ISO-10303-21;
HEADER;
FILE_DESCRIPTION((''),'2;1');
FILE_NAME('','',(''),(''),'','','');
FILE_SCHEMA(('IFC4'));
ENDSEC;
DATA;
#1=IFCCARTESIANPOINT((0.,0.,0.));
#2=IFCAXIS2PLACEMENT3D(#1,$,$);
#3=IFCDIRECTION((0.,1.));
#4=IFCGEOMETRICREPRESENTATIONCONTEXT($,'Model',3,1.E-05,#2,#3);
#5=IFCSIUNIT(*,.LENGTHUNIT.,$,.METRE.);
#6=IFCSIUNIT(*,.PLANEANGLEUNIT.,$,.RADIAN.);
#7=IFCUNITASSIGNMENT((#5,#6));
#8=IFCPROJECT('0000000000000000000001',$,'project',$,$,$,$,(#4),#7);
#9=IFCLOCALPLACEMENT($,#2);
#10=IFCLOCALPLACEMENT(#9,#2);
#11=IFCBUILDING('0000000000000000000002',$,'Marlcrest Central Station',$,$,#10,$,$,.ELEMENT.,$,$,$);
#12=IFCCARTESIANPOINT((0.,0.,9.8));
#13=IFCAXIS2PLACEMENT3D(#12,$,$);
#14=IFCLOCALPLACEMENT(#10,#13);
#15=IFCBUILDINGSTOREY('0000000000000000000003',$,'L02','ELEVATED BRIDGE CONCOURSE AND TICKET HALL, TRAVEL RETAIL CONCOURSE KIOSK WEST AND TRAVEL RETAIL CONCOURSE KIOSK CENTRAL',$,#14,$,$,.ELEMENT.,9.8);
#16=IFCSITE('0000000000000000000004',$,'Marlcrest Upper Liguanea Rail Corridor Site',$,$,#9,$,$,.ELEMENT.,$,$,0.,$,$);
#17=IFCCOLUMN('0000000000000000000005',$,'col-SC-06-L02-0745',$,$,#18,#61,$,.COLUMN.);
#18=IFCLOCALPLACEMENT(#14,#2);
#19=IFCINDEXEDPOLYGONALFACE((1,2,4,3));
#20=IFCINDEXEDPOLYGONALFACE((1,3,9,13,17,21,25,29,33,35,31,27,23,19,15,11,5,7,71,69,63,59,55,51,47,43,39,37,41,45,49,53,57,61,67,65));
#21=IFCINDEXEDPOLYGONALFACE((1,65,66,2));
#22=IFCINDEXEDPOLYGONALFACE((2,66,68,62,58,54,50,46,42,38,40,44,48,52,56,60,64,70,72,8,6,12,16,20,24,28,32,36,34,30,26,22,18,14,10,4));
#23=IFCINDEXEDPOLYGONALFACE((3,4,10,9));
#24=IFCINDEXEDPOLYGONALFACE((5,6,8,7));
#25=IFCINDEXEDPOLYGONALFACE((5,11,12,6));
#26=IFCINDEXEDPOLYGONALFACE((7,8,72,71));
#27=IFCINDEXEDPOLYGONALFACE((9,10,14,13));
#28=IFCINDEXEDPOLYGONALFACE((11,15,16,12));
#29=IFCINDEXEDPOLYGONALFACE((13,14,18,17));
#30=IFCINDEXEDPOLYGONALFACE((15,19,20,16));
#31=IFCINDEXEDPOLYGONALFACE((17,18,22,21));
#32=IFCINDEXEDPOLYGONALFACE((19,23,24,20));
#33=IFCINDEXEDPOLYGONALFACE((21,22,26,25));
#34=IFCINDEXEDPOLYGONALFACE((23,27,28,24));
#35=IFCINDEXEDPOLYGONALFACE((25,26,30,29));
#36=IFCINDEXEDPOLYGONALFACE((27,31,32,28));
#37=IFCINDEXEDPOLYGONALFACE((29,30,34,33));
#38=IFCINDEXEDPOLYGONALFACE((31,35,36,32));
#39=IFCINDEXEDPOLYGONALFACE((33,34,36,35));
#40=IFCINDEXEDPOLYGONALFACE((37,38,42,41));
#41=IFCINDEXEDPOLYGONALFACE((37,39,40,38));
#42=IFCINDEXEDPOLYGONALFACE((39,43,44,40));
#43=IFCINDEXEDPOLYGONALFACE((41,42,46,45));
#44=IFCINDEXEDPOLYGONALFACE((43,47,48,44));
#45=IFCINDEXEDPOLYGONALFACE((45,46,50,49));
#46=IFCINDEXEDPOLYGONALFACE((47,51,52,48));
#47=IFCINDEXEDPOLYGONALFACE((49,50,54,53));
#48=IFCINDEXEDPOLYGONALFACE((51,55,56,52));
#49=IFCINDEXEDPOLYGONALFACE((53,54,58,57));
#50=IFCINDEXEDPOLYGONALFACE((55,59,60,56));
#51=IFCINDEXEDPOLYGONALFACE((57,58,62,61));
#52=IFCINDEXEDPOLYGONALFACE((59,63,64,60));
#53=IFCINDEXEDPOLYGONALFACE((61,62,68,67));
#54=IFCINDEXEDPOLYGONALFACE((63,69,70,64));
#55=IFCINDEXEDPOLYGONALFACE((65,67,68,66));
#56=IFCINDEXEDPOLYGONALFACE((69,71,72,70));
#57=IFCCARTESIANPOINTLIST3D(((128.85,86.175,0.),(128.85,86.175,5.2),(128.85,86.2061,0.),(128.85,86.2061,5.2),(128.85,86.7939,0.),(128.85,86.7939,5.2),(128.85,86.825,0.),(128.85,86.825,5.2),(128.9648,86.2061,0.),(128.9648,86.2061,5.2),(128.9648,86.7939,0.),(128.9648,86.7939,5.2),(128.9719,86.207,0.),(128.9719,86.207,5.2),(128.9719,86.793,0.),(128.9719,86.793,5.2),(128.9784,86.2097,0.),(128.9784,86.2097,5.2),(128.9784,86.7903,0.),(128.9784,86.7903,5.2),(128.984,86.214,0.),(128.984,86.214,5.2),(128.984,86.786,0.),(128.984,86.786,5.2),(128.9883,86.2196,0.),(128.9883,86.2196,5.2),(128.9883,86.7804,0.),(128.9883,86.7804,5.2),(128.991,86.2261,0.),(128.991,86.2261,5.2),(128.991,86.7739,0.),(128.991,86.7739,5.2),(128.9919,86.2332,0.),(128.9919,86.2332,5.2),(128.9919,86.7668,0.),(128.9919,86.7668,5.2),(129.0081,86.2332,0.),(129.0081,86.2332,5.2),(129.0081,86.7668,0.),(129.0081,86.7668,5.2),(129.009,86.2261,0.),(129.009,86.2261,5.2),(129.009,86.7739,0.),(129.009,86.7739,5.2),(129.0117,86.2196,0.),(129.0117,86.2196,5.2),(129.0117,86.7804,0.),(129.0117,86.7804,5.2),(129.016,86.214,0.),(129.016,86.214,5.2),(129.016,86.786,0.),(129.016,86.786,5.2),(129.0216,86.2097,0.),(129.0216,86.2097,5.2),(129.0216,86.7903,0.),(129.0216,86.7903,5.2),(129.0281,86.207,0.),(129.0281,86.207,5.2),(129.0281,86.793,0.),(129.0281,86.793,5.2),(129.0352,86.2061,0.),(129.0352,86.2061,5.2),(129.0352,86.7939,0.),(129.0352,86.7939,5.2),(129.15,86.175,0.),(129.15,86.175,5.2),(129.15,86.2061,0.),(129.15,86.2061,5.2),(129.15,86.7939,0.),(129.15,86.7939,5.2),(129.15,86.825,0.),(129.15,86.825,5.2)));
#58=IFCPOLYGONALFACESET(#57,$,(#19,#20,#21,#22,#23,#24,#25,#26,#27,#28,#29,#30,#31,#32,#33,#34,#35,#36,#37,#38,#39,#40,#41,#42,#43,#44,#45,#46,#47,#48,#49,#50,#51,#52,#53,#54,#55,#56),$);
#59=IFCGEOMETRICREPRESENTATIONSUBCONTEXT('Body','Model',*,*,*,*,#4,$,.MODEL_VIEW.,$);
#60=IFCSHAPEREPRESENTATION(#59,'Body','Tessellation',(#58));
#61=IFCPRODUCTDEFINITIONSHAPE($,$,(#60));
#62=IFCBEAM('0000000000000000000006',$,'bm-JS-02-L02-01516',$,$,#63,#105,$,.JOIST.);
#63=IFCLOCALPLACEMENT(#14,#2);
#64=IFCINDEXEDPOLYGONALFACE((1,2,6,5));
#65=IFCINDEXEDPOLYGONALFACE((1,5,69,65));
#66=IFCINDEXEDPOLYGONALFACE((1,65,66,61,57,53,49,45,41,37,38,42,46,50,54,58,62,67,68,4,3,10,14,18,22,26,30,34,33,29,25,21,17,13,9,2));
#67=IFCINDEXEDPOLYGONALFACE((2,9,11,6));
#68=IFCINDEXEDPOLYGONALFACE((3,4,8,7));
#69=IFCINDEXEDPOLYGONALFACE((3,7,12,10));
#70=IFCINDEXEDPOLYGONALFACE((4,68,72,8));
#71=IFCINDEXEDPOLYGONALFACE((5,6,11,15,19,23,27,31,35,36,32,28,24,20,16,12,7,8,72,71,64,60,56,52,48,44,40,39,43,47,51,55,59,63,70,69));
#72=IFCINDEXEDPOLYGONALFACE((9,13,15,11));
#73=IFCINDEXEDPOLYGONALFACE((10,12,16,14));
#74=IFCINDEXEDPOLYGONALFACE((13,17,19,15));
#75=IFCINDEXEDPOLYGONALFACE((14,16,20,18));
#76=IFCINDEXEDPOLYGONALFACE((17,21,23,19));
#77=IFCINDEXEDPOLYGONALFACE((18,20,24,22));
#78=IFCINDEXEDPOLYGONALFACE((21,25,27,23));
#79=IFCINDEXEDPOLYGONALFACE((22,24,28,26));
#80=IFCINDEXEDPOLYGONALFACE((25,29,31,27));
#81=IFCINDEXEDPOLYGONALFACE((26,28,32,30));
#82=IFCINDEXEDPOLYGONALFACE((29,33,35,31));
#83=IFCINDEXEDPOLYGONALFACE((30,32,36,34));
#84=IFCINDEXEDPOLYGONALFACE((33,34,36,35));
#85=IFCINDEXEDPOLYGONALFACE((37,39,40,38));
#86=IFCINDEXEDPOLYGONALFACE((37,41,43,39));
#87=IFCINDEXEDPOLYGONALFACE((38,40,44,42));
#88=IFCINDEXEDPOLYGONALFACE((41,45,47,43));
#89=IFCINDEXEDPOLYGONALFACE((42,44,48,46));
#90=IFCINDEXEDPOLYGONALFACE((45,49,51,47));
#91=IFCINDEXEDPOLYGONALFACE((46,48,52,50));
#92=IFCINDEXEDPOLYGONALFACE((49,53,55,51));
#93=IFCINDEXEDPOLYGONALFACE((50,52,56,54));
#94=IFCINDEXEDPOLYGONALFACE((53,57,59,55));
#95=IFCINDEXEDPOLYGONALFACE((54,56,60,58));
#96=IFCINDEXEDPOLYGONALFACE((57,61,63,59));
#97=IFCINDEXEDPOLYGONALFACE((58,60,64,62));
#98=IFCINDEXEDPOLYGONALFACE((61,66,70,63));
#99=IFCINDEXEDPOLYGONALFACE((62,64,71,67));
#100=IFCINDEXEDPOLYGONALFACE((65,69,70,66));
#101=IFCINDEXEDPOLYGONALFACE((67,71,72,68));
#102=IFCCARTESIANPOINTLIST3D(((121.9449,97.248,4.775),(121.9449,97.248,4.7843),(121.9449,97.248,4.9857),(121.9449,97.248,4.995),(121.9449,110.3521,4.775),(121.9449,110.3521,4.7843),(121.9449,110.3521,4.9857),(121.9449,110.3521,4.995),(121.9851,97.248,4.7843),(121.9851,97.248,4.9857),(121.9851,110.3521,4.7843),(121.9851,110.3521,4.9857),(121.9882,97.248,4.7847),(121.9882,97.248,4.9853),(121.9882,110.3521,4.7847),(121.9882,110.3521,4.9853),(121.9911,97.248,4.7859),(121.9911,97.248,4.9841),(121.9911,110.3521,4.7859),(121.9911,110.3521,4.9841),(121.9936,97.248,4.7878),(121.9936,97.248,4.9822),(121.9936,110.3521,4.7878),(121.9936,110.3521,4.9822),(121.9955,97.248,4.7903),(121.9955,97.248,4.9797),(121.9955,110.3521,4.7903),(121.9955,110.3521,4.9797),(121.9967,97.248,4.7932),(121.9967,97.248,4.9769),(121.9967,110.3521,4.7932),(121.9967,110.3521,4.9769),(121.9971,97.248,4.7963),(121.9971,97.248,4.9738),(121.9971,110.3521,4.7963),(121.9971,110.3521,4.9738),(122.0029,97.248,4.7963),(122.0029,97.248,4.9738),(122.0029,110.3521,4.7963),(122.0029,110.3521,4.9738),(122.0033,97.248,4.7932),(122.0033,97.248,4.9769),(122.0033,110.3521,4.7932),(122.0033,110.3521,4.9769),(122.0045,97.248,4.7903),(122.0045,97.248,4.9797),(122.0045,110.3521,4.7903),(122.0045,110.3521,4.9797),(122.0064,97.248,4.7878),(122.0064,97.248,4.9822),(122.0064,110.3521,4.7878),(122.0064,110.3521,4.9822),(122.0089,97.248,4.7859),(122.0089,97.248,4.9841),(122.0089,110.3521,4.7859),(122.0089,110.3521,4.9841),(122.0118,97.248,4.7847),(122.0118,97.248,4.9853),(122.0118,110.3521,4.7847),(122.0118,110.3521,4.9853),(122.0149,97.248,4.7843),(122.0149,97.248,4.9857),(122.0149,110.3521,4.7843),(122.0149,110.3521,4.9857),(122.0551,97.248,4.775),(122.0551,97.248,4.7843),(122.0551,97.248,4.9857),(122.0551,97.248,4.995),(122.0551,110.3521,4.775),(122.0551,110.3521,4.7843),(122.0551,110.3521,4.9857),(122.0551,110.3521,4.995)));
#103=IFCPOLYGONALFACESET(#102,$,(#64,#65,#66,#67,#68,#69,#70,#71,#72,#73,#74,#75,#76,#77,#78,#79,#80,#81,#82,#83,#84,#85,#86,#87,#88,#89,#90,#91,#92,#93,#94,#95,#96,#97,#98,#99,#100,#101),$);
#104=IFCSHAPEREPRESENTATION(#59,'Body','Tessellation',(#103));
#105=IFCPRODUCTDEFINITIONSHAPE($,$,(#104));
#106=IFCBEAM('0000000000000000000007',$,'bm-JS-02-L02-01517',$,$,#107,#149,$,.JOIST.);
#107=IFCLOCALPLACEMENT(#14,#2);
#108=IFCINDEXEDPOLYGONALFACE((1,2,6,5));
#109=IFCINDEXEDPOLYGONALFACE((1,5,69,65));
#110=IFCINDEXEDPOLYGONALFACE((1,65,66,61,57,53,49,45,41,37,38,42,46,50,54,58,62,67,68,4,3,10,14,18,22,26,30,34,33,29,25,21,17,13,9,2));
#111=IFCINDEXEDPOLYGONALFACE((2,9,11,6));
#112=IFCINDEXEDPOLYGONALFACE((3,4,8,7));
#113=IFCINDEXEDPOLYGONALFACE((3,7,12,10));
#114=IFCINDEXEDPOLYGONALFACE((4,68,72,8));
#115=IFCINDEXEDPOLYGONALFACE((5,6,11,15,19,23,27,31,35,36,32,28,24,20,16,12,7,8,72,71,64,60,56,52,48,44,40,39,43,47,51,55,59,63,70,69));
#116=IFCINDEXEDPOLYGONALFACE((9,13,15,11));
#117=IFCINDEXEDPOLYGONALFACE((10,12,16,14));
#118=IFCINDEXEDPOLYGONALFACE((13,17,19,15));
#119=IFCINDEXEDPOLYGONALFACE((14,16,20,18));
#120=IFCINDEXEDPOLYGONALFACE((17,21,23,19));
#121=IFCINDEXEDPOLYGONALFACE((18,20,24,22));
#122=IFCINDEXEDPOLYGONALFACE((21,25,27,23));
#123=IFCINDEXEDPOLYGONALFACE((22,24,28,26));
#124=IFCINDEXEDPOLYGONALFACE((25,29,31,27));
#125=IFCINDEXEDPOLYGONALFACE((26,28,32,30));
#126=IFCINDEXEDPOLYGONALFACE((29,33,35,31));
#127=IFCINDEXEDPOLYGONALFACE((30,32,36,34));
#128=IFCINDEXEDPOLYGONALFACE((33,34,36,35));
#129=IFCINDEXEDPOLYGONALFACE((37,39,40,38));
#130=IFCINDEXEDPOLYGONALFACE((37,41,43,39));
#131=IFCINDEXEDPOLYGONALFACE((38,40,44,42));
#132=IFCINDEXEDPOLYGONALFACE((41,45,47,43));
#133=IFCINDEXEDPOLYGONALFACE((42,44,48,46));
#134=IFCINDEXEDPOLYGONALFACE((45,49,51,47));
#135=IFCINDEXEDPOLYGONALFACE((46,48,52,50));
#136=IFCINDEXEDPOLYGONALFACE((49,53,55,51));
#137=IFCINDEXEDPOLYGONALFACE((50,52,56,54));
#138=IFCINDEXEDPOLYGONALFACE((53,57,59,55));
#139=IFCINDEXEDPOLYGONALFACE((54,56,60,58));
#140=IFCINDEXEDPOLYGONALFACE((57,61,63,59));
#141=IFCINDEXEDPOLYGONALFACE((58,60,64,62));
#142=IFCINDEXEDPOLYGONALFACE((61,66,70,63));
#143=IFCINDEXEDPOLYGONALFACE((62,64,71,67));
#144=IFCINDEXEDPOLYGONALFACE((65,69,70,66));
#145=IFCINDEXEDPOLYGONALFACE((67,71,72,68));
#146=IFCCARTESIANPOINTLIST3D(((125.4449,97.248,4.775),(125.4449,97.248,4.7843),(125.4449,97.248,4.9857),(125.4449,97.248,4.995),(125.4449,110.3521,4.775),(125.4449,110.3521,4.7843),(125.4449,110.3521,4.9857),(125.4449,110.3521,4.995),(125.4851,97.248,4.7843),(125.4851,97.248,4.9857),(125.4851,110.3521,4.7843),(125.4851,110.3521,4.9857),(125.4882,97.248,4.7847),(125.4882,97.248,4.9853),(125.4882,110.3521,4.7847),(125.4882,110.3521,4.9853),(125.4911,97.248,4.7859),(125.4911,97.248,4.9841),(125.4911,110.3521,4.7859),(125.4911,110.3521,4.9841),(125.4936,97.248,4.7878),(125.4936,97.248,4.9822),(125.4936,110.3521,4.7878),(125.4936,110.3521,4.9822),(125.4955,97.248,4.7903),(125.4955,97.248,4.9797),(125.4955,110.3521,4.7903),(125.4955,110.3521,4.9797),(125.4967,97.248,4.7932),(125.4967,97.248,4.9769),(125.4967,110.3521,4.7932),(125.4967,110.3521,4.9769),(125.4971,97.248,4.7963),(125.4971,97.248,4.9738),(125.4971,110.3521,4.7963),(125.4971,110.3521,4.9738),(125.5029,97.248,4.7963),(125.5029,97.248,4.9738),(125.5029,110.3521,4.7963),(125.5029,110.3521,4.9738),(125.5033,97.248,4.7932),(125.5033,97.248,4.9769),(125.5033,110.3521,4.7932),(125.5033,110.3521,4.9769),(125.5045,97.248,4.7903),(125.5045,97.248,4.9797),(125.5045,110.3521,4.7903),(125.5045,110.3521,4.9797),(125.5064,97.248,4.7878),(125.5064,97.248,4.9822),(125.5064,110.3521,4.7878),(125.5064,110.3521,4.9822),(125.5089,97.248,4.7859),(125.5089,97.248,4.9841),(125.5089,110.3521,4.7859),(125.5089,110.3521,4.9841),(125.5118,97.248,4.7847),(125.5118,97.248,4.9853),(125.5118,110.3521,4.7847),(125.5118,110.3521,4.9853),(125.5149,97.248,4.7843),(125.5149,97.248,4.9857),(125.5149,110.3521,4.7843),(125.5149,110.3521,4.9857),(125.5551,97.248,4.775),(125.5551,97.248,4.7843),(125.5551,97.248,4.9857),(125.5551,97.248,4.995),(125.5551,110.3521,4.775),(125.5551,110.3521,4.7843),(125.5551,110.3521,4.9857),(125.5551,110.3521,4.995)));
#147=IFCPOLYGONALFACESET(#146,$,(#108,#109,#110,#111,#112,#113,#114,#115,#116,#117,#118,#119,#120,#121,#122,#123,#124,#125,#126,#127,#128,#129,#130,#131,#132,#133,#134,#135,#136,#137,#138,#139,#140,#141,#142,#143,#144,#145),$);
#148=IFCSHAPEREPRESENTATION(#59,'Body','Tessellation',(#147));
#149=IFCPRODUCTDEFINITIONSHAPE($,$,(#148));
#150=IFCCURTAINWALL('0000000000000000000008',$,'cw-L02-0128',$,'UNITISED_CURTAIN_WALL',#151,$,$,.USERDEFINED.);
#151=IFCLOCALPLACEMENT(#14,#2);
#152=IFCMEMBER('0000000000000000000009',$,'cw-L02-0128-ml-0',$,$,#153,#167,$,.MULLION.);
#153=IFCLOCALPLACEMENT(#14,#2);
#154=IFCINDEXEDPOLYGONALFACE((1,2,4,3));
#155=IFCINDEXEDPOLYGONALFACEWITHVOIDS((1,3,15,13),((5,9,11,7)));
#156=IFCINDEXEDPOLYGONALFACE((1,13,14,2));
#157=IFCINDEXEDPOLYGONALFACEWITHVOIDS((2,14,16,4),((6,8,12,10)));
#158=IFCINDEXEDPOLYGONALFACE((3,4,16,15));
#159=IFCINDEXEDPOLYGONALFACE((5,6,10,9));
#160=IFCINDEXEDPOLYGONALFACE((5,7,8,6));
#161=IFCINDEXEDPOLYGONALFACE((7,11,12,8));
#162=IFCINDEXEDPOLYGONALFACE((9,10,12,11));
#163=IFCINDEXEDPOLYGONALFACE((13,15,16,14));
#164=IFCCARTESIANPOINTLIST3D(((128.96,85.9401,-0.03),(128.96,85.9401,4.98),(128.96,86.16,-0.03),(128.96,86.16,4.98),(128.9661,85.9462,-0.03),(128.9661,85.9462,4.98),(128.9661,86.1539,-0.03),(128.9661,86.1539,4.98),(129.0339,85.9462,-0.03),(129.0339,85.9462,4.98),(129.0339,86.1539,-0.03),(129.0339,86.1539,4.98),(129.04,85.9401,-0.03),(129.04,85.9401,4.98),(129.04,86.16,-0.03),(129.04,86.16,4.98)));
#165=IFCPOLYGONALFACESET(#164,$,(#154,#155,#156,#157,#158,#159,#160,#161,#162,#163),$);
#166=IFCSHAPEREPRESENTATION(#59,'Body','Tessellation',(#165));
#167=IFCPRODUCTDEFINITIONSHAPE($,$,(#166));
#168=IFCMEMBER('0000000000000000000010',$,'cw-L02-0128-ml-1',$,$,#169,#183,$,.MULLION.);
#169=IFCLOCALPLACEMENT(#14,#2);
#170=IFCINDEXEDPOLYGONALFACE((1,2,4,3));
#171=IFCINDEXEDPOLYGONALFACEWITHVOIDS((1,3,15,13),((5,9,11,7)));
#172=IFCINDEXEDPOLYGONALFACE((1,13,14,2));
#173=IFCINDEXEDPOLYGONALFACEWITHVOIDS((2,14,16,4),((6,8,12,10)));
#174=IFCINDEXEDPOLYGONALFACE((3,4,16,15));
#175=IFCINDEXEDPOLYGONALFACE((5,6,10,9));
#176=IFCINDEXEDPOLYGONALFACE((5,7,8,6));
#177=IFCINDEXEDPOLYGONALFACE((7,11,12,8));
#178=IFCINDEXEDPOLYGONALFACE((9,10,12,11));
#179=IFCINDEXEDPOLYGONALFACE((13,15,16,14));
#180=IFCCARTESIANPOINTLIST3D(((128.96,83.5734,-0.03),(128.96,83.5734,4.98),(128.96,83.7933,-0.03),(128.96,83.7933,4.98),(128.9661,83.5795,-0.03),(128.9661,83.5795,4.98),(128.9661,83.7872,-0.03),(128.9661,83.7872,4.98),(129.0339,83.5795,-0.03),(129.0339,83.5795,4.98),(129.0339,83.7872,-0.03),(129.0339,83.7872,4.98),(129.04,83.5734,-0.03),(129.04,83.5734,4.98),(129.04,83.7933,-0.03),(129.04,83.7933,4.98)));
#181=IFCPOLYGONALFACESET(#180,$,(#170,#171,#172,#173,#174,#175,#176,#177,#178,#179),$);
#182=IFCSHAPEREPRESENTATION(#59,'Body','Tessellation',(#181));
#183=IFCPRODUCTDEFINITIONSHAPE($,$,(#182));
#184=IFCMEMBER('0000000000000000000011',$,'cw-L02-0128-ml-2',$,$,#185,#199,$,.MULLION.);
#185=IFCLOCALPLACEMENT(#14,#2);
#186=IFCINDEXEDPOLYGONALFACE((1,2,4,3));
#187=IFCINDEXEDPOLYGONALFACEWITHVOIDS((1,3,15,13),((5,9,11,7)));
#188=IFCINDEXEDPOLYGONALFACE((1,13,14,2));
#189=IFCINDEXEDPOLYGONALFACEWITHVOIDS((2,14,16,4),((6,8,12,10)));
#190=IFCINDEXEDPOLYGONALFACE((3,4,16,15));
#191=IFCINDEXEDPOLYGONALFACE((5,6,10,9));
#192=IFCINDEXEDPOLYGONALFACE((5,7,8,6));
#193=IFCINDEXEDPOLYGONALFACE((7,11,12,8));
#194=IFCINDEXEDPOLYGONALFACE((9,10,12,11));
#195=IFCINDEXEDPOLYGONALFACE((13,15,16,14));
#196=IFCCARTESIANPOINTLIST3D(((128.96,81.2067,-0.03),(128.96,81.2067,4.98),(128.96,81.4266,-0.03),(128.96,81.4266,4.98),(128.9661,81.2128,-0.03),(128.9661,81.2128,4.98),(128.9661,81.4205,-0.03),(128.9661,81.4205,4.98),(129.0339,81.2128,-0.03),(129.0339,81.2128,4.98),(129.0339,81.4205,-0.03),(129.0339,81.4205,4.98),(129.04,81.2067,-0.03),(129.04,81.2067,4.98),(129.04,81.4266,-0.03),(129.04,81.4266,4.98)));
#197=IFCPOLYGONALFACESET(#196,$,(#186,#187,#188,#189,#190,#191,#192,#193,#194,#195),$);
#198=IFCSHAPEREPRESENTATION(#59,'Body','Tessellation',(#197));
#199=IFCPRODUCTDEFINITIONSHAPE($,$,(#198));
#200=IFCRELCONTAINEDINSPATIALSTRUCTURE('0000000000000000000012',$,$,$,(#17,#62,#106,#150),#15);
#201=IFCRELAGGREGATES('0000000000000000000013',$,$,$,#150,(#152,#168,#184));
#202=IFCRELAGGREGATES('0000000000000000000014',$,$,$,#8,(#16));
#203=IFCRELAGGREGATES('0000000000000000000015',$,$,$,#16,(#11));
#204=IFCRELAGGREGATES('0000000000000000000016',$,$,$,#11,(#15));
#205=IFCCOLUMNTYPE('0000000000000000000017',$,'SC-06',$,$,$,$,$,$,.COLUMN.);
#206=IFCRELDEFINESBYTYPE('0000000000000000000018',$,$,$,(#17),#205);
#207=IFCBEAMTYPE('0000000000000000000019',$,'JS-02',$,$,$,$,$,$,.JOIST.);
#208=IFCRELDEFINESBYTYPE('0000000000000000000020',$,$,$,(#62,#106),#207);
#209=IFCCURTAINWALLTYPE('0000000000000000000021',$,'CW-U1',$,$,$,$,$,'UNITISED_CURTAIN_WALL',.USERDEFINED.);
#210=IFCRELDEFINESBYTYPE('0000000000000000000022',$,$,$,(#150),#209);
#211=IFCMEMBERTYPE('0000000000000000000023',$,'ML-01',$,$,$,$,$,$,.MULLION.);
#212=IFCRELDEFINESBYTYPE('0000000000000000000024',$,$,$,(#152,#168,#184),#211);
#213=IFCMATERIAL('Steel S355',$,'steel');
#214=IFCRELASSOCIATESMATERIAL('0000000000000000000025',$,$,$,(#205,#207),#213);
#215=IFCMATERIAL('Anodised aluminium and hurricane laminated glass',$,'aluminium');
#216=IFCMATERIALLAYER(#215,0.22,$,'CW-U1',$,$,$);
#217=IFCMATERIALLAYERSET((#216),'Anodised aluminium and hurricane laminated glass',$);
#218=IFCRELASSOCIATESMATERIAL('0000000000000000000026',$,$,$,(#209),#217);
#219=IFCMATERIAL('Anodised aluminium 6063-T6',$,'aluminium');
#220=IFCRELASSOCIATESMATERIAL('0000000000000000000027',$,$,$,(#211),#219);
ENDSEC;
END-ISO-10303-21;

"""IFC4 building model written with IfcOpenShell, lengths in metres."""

from ifc_helpers import new_model, si_unit, direction, frame, origin, origin_2d, place, context, subcontext, project, spatial, hollow_rectangle, i_section, extrude, material, layer, layer_set, material_profile, profile_set, type_object, element, aggregate, save


model = new_model("IFC4")

# Units and contexts
model_context = context("Model", 3, precision=1e-05, world=origin(), true_north=direction((0.0, 1.0)))
body_context = subcontext(model_context, "Body", "Model", "MODEL_VIEW")
ifc_project = project(units=[si_unit("LENGTHUNIT", "METRE"), si_unit("PLANEANGLEUNIT", "RADIAN")], contexts=[model_context])

# Site, building, storey
site_placement = place(None, origin())
site = spatial("IfcSite", under=ifc_project, at=site_placement, Name="Marlcrest Upper Liguanea Rail Corridor Site", CompositionType="ELEMENT", RefElevation=0.0)
building_placement = place(site_placement, origin())
building = spatial("IfcBuilding", under=site, at=building_placement, Name="Marlcrest Central Station", CompositionType="ELEMENT")
storey_placement = place(building_placement, frame((0.0, 0.0, 9.8)))
storey = spatial("IfcBuildingStorey", under=building, at=storey_placement, Name="L02", Description="ELEVATED BRIDGE CONCOURSE AND TICKET HALL, TRAVEL RETAIL CONCOURSE KIOSK WEST AND TRAVEL RETAIL CONCOURSE KIOSK CENTRAL", CompositionType="ELEMENT", Elevation=9.8)

# Column
ifc_material_1 = material(Name="Steel S355", Category="steel")
ifc_material_profile_1 = material_profile(ifc_material_1, i_section(OverallWidth=0.3, OverallDepth=0.6499, WebThickness=0.0161, FlangeThickness=0.031, FilletRadius=0.0271, at=origin_2d()), Name="HEB 650")
ifc_profile_set_1 = profile_set([ifc_material_profile_1], Name="Steel S355")
column_type = type_object("IfcColumnType", Name="SC-06", PredefinedType="COLUMN", material=ifc_profile_set_1)
column_placement = place(storey_placement, frame((129.0, 86.5, 0.0), z_axis=(0.0, 0.0, 1.0), x_axis=(1.0, 0.0, 0.0)))
element("IfcColumn", 1, at=column_placement, inside=storey, type_object=column_type, Name="col-SC-06-L02-0745", PredefinedType="COLUMN", context=body_context, shape_type="SweptSolid", body=[
    extrude(i_section(OverallWidth=0.3, OverallDepth=0.6499, WebThickness=0.0161, FlangeThickness=0.031, FilletRadius=0.0271, at=origin_2d()), origin(), (0.0, 0.0, 1.0), 5.2),
])

# Beams
ifc_material_profile_2 = material_profile(ifc_material_1, i_section(OverallWidth=0.1101, OverallDepth=0.22, WebThickness=0.0059, FlangeThickness=0.0093, FilletRadius=0.012, at=origin_2d()), Name="IPE 220")
ifc_profile_set_2 = profile_set([ifc_material_profile_2], Name="Steel S355")
beam_type = type_object("IfcBeamType", Name="JS-02", PredefinedType="JOIST", material=ifc_profile_set_2)
for number, where, z_axis, x_axis, name in (
    (2, (122.0, 97.248, 4.885), (0.0, 1.0, 0.0), (-1.0, 0.0, 0.0), "bm-JS-02-L02-01516"),
    (3, (125.5, 97.248, 4.885), (0.0, 1.0, 0.0), (-1.0, 0.0, 0.0), "bm-JS-02-L02-01517"),
):
    element("IfcBeam", number, at=place(storey_placement, frame(where, z_axis=z_axis, x_axis=x_axis)), inside=storey, type_object=beam_type, Name=name, PredefinedType="JOIST", context=body_context, shape_type="SweptSolid", body=[
        extrude(i_section(OverallWidth=0.1101, OverallDepth=0.22, WebThickness=0.0059, FlangeThickness=0.0093, FilletRadius=0.012, at=origin_2d()), origin(), (0.0, 0.0, 1.0), 13.104),
    ])

# Curtain wall, members
ifc_material_2 = material(Name="Anodised aluminium and hurricane laminated glass", Category="aluminium")
ifc_layer_1 = layer(ifc_material_2, 0.22, Name="CW-U1")
ifc_layer_set_1 = layer_set([ifc_layer_1], Name="Anodised aluminium and hurricane laminated glass")
curtain_wall_type = type_object("IfcCurtainWallType", Name="CW-U1", ElementType="UNITISED_CURTAIN_WALL", PredefinedType="USERDEFINED", material=ifc_layer_set_1)
curtain_wall_1_placement = place(storey_placement, origin())
curtain_wall_1 = element("IfcCurtainWall", 4, at=curtain_wall_1_placement, inside=storey, type_object=curtain_wall_type, Name="cw-L02-0128", ObjectType="UNITISED_CURTAIN_WALL", PredefinedType="USERDEFINED")
ifc_material_3 = material(Name="Anodised aluminium 6063-T6", Category="aluminium")
ifc_material_profile_3 = material_profile(ifc_material_3, hollow_rectangle(XDim=0.0801, YDim=0.22, WallThickness=0.0061, at=origin_2d()), Name="AA-RHS 220x80x6")
ifc_profile_set_3 = profile_set([ifc_material_profile_3], Name="Anodised aluminium 6063-T6")
member_type_1 = type_object("IfcMemberType", Name="ML-01", PredefinedType="MULLION", material=ifc_profile_set_3)
member_1_placement = place(storey_placement, frame((129.0, 86.05, -0.03), z_axis=(0.0, 0.0, 1.0), x_axis=(1.0, 0.0, 0.0)))
member_1 = element("IfcMember", 5, at=member_1_placement, type_object=member_type_1, Name="cw-L02-0128-ml-0", PredefinedType="MULLION", context=body_context, shape_type="SweptSolid", body=[
    extrude(hollow_rectangle(XDim=0.0801, YDim=0.22, WallThickness=0.0061, at=origin_2d()), origin(), (0.0, 0.0, 1.0), 5.01),
])
member_2_placement = place(storey_placement, frame((129.0, 83.6833, -0.03), z_axis=(0.0, 0.0, 1.0), x_axis=(1.0, 0.0, 0.0)))
member_2 = element("IfcMember", 6, at=member_2_placement, type_object=member_type_1, Name="cw-L02-0128-ml-1", PredefinedType="MULLION", context=body_context, shape_type="SweptSolid", body=[
    extrude(hollow_rectangle(XDim=0.0801, YDim=0.22, WallThickness=0.0061, at=origin_2d()), origin(), (0.0, 0.0, 1.0), 5.01),
])
member_3_placement = place(storey_placement, frame((129.0, 81.3167, -0.03), z_axis=(0.0, 0.0, 1.0), x_axis=(1.0, 0.0, 0.0)))
member_3 = element("IfcMember", 7, at=member_3_placement, type_object=member_type_1, Name="cw-L02-0128-ml-2", PredefinedType="MULLION", context=body_context, shape_type="SweptSolid", body=[
    extrude(hollow_rectangle(XDim=0.0801, YDim=0.22, WallThickness=0.0061, at=origin_2d()), origin(), (0.0, 0.0, 1.0), 5.01),
])

aggregate(curtain_wall_1, [member_1, member_2, member_3])

save(model, "model.ifc")
